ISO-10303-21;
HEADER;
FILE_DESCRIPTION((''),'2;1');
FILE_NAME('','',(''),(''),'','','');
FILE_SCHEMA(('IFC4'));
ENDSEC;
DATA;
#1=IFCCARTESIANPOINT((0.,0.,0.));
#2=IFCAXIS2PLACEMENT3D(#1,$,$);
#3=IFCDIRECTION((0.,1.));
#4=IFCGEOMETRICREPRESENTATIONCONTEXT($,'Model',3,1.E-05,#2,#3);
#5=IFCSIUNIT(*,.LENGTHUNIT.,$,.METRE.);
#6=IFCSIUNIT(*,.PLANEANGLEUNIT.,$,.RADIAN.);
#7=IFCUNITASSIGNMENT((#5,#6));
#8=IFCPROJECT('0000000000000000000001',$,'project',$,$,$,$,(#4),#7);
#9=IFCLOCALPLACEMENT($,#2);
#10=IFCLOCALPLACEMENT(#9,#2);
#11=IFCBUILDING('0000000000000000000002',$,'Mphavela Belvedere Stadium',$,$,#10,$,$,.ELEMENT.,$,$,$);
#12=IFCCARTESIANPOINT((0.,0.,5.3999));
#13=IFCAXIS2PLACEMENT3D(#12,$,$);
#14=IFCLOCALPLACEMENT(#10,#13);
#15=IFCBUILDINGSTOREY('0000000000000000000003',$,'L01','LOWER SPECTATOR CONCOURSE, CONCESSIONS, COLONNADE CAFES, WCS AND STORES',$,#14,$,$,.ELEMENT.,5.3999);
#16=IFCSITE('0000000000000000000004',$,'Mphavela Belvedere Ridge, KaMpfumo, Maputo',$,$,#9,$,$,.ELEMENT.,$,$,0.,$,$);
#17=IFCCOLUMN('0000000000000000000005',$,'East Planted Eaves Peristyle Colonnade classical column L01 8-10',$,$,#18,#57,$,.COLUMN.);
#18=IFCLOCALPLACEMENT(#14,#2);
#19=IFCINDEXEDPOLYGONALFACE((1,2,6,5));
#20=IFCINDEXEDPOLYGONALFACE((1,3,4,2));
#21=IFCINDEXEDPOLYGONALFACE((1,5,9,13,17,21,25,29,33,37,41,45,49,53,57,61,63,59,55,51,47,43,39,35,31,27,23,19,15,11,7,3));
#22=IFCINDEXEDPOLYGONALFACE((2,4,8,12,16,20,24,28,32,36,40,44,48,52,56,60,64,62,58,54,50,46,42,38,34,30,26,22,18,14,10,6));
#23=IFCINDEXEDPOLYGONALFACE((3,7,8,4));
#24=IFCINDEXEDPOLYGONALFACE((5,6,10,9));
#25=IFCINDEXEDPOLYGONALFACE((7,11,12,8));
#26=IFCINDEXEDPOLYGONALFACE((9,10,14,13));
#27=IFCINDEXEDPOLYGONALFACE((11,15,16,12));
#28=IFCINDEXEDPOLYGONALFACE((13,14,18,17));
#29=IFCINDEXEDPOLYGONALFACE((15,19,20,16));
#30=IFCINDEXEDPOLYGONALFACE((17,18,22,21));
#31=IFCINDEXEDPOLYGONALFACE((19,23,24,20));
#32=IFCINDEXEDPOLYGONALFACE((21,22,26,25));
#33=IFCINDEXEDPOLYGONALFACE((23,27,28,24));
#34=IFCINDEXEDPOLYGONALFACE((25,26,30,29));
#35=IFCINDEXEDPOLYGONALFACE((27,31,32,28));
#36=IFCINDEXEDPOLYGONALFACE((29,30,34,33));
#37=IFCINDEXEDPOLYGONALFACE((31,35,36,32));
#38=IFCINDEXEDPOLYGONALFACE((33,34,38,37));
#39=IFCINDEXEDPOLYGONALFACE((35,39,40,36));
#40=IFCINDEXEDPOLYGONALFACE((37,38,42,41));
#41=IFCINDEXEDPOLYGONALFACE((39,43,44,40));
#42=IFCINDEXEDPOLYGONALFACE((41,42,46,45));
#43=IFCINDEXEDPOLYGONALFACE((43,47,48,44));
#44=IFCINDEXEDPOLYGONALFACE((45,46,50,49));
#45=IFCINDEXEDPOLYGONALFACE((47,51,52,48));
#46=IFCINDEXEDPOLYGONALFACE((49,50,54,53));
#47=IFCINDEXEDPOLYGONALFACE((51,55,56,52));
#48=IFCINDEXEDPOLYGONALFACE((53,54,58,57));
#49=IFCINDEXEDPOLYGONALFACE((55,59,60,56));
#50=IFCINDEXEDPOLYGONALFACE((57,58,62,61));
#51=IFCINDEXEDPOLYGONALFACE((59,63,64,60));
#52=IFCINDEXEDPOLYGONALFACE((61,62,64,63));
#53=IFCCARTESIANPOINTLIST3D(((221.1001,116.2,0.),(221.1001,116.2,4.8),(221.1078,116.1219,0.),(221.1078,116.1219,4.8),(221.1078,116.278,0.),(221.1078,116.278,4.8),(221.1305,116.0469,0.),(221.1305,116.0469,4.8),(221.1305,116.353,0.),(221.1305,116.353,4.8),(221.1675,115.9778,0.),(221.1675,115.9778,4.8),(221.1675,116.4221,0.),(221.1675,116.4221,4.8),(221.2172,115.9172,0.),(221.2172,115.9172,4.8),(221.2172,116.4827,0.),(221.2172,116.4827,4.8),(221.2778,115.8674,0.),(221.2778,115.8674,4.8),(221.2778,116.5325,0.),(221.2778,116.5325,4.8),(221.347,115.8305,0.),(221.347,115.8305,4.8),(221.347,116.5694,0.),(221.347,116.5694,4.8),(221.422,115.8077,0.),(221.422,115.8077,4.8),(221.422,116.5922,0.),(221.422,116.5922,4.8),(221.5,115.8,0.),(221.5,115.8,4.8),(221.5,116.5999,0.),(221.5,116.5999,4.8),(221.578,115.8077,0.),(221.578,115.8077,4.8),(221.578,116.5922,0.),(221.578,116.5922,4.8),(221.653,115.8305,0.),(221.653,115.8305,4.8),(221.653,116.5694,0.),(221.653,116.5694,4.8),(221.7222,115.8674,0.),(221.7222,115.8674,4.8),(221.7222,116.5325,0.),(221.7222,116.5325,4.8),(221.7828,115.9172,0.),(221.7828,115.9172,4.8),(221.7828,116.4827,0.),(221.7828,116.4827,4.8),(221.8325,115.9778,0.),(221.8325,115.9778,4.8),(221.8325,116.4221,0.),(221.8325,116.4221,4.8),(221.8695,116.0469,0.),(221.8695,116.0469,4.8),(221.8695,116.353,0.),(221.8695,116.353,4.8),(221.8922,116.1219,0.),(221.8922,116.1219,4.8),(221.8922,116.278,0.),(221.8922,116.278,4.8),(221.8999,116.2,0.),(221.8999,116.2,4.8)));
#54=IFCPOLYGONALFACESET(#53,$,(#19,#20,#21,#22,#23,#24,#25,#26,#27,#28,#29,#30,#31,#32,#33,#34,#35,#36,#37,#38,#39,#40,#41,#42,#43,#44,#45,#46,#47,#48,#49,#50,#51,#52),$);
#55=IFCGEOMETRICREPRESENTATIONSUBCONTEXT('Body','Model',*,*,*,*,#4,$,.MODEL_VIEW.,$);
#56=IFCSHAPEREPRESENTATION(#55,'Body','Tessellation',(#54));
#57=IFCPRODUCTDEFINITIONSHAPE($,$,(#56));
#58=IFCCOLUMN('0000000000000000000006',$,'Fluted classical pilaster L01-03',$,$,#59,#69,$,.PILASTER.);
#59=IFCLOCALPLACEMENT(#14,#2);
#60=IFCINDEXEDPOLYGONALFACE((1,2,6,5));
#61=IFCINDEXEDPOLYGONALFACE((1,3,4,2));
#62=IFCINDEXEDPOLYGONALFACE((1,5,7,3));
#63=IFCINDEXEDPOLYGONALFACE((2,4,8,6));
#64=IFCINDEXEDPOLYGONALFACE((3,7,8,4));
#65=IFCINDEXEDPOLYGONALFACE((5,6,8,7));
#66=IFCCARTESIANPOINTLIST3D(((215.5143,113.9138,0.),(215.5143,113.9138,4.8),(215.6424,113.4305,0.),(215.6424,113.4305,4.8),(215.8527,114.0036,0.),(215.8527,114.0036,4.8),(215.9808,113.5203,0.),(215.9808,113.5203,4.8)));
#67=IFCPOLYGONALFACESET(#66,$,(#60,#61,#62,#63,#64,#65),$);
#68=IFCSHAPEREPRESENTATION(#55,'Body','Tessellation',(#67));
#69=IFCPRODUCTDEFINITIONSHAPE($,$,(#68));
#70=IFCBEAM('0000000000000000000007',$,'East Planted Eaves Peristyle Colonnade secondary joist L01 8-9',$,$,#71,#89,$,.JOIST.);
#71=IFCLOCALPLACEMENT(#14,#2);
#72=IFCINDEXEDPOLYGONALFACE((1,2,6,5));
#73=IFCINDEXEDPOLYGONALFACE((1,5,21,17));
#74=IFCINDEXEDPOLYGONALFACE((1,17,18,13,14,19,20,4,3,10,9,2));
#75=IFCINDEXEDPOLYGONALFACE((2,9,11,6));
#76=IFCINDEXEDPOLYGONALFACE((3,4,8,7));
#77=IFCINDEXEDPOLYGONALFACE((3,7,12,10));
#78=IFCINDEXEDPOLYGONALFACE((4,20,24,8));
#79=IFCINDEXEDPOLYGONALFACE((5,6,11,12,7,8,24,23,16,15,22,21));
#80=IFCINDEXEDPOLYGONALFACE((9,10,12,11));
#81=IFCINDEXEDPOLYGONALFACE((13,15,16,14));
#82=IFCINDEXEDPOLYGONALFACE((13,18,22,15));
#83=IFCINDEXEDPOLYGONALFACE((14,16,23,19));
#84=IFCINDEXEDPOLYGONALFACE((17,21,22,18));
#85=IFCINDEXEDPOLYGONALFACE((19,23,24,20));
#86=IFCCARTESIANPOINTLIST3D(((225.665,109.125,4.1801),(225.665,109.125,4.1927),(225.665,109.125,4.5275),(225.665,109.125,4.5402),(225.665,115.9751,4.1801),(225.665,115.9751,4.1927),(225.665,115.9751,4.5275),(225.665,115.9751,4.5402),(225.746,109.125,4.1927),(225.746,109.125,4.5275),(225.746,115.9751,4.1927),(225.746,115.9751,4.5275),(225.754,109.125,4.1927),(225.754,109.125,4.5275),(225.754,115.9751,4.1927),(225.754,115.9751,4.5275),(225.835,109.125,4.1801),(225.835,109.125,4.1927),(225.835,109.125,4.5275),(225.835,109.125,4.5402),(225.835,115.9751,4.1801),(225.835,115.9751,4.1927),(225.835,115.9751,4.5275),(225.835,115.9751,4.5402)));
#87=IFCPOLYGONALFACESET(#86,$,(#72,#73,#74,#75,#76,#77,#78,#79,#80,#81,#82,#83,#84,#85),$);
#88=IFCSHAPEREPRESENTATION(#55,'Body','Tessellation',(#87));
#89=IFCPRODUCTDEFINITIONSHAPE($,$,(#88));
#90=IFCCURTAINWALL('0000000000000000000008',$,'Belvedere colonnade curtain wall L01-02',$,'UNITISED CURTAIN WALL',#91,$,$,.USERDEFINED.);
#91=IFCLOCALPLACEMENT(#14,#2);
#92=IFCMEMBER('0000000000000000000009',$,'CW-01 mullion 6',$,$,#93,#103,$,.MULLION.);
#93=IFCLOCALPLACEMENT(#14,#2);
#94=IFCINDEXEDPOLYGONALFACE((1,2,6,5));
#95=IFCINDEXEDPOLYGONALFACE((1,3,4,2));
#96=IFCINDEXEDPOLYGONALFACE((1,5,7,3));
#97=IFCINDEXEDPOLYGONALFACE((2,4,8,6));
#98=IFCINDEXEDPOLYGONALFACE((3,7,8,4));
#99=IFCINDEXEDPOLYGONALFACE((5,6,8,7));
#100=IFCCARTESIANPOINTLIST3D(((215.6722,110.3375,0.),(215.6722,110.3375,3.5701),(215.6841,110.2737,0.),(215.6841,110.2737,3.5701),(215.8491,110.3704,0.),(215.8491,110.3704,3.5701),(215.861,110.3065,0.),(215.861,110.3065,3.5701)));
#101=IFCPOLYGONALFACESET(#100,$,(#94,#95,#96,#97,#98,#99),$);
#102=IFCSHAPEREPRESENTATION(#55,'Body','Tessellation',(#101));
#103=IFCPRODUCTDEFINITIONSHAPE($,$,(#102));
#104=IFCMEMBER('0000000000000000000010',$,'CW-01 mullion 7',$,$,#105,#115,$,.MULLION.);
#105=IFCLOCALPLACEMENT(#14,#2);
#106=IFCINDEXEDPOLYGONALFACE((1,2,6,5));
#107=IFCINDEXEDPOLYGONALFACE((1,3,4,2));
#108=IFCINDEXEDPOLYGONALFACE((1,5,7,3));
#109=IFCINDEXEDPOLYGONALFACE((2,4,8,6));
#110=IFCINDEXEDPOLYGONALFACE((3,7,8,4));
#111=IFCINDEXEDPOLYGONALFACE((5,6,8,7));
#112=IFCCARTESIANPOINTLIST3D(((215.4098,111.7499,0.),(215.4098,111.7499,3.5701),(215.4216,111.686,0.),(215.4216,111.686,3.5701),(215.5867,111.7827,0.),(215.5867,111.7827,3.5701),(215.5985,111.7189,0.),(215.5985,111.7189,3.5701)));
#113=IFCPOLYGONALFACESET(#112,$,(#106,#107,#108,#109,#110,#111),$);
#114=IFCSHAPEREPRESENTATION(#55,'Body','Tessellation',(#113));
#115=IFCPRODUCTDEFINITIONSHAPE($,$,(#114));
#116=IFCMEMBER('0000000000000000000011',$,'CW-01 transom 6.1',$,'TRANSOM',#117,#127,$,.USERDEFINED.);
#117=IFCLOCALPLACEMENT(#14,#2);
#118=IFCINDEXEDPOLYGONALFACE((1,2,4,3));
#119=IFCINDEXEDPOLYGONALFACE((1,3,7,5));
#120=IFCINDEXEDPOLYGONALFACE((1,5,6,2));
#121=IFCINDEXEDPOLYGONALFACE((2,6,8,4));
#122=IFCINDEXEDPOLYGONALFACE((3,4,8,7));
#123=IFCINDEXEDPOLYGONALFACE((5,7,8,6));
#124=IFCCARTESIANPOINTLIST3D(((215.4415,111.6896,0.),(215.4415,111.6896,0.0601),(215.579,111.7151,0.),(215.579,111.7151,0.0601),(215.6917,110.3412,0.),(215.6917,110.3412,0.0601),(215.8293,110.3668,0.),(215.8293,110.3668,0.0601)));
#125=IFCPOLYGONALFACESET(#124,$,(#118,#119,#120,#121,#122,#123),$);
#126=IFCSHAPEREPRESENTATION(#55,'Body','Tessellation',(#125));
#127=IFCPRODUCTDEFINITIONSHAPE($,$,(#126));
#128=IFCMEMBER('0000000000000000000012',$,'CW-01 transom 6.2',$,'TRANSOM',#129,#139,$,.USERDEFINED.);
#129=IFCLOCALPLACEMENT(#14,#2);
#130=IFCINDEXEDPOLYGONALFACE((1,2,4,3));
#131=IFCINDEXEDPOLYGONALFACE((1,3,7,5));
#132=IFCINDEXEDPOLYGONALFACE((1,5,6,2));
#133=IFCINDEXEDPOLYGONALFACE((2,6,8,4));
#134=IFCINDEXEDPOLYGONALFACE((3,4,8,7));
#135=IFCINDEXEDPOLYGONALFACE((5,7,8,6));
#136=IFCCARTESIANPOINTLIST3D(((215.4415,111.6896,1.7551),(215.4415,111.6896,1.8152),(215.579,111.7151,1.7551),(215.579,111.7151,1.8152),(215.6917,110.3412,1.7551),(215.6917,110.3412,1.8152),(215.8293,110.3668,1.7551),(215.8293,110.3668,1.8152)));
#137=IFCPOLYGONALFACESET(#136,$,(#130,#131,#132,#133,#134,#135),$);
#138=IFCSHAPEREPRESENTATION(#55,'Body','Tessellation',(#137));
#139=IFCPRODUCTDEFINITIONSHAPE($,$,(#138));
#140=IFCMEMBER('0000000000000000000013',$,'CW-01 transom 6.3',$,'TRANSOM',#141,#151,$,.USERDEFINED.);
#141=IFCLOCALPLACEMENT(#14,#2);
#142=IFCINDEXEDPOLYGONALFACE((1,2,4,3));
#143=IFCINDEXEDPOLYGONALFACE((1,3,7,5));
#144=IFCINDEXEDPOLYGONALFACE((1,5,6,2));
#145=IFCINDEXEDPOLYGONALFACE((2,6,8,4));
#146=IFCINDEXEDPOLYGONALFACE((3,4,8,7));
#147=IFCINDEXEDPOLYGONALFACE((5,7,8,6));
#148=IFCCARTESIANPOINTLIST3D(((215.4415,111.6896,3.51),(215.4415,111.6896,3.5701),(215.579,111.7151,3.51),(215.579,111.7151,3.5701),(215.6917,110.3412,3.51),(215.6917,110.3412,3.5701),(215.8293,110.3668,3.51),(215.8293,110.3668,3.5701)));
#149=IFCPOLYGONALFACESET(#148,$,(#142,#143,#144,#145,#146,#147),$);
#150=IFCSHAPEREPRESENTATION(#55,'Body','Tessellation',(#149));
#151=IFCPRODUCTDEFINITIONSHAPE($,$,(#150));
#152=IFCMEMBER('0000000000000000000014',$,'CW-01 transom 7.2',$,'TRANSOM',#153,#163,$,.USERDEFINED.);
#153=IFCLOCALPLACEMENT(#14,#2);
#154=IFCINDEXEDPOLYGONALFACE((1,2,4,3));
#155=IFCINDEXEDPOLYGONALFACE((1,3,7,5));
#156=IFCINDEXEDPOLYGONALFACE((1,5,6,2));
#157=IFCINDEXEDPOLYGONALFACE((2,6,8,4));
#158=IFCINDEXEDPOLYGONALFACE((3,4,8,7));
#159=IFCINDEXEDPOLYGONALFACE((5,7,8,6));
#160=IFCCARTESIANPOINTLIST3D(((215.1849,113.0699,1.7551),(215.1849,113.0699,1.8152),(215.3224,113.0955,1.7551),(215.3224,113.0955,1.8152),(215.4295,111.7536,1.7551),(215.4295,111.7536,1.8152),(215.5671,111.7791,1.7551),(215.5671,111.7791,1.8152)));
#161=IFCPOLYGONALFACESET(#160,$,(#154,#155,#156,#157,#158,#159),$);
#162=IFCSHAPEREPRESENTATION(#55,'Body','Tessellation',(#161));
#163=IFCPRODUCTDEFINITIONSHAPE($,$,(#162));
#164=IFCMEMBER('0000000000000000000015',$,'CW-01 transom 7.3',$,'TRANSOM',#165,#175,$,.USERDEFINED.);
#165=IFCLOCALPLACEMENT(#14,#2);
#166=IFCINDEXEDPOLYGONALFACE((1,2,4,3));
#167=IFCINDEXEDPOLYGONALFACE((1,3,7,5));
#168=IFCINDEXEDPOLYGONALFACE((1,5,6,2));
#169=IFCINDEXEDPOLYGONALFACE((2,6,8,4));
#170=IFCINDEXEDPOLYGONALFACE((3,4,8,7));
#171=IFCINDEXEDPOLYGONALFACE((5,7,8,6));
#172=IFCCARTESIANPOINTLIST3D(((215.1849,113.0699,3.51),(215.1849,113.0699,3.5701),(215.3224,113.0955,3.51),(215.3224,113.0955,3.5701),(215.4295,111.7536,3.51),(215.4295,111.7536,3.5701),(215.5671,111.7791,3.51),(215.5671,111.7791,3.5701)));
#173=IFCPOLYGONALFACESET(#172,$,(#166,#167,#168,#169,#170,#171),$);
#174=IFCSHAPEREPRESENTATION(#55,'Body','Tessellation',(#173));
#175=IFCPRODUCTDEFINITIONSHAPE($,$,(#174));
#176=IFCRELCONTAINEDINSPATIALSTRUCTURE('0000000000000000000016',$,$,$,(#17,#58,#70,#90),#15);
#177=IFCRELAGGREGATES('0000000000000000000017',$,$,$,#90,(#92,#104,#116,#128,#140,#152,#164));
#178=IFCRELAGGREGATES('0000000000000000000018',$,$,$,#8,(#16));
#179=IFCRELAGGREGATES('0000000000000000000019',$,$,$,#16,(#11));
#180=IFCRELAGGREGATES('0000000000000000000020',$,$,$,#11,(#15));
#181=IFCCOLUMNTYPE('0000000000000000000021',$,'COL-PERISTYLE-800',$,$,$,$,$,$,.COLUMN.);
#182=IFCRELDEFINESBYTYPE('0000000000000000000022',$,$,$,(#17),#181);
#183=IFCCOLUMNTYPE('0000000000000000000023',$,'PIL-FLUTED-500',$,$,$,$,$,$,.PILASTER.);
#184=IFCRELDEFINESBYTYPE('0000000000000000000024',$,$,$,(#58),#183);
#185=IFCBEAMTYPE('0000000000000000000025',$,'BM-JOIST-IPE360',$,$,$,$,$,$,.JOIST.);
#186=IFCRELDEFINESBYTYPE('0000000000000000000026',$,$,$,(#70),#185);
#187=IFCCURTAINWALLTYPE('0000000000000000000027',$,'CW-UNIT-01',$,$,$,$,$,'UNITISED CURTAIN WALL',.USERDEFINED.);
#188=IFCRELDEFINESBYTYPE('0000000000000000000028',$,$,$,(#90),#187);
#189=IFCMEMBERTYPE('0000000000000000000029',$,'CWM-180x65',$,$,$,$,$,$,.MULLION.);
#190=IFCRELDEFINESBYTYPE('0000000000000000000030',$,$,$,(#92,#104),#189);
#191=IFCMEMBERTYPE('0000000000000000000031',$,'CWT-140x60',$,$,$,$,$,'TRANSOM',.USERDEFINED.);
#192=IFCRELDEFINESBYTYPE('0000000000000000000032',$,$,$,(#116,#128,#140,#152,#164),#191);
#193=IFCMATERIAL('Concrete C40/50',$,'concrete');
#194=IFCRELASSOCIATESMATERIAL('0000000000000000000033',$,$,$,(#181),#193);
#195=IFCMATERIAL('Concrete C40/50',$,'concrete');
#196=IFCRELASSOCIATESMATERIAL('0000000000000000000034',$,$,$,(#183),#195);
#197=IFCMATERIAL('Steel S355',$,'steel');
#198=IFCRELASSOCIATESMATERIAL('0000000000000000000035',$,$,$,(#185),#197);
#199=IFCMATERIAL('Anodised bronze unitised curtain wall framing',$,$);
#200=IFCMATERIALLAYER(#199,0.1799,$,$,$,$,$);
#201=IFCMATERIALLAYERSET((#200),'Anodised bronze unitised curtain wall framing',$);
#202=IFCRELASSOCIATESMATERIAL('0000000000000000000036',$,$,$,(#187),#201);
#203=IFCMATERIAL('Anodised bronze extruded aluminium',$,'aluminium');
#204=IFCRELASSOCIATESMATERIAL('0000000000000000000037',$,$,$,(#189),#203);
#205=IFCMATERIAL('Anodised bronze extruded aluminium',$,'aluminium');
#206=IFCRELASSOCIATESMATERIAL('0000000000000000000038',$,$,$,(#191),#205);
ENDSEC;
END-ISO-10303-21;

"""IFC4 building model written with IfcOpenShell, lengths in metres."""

from ifc_helpers import new_model, si_unit, direction, frame, origin, origin_2d, place, context, subcontext, project, spatial, rectangle, circle, i_section, extrude, material, layer, layer_set, material_profile, profile_set, type_object, element, aggregate, save


model = new_model("IFC4")

# Units and contexts
model_context = context("Model", 3, precision=1e-05, world=origin(), true_north=direction((0.0, 1.0)))
body_context = subcontext(model_context, "Body", "Model", "MODEL_VIEW")
ifc_project = project(units=[si_unit("LENGTHUNIT", "METRE"), si_unit("PLANEANGLEUNIT", "RADIAN")], contexts=[model_context])

# Site, building, storey
site_placement = place(None, origin())
site = spatial("IfcSite", under=ifc_project, at=site_placement, Name="Mphavela Belvedere Ridge, KaMpfumo, Maputo", CompositionType="ELEMENT", RefElevation=0.0)
building_placement = place(site_placement, origin())
building = spatial("IfcBuilding", under=site, at=building_placement, Name="Mphavela Belvedere Stadium", CompositionType="ELEMENT")
storey_placement = place(building_placement, frame((0.0, 0.0, 5.3999)))
storey = spatial("IfcBuildingStorey", under=building, at=storey_placement, Name="L01", Description="LOWER SPECTATOR CONCOURSE, CONCESSIONS, COLONNADE CAFES, WCS AND STORES", CompositionType="ELEMENT", Elevation=5.3999)

# Columns
ifc_material_1 = material(Name="Concrete C40/50", Category="concrete")
ifc_material_profile_1 = material_profile(ifc_material_1, circle(Radius=0.3999, at=origin_2d()), Name="COL D800")
ifc_profile_set_1 = profile_set([ifc_material_profile_1], Name="Concrete C40/50")
column_type_1 = type_object("IfcColumnType", Name="COL-PERISTYLE-800", PredefinedType="COLUMN", material=ifc_profile_set_1)
column_1_placement = place(storey_placement, frame((221.5, 116.2, 0.0), z_axis=(0.0, 0.0, 1.0), x_axis=(1.0, 0.0, 0.0)))
element("IfcColumn", 1, at=column_1_placement, inside=storey, type_object=column_type_1, Name="East Planted Eaves Peristyle Colonnade classical column L01 8-10", PredefinedType="COLUMN", context=body_context, shape_type="SweptSolid", body=[
    extrude(circle(Radius=0.3999, at=origin_2d()), origin(), (0.0, 0.0, 1.0), 4.8),
])
ifc_material_2 = material(Name="Concrete C40/50", Category="concrete")
ifc_material_profile_2 = material_profile(ifc_material_2, rectangle(XDim=0.5, YDim=0.3501, at=origin_2d()), Name="PIL 500x350")
ifc_profile_set_2 = profile_set([ifc_material_profile_2], Name="Concrete C40/50")
column_type_2 = type_object("IfcColumnType", Name="PIL-FLUTED-500", PredefinedType="PILASTER", material=ifc_profile_set_2)
column_2_placement = place(storey_placement, frame((215.7476, 113.717, 0.0), z_axis=(0.0, 0.0, 1.0), x_axis=(-0.256289, 0.9666, 0.0)))
element("IfcColumn", 2, at=column_2_placement, inside=storey, type_object=column_type_2, Name="Fluted classical pilaster L01-03", PredefinedType="PILASTER", context=body_context, shape_type="SweptSolid", body=[
    extrude(rectangle(XDim=0.5, YDim=0.3501, at=origin_2d()), origin(), (0.0, 0.0, 1.0), 4.8),
])

# Beam
ifc_material_3 = material(Name="Steel S355", Category="steel")
ifc_material_profile_3 = material_profile(ifc_material_3, i_section(OverallWidth=0.1699, OverallDepth=0.3601, WebThickness=0.0081, FlangeThickness=0.0127, at=origin_2d()), Name="IPE 360")
ifc_profile_set_3 = profile_set([ifc_material_profile_3], Name="Steel S355")
beam_type = type_object("IfcBeamType", Name="BM-JOIST-IPE360", PredefinedType="JOIST", material=ifc_profile_set_3)
beam_placement = place(storey_placement, frame((225.75, 109.125, 4.3601), z_axis=(0.0, 1.0, 0.0), x_axis=(-1.0, 0.0, 0.0)))
element("IfcBeam", 3, at=beam_placement, inside=storey, type_object=beam_type, Name="East Planted Eaves Peristyle Colonnade secondary joist L01 8-9", PredefinedType="JOIST", context=body_context, shape_type="SweptSolid", body=[
    extrude(i_section(OverallWidth=0.1699, OverallDepth=0.3601, WebThickness=0.0081, FlangeThickness=0.0127, at=origin_2d()), origin(), (0.0, 0.0, 1.0), 6.8501),
])

# Curtain wall, members
ifc_material_4 = material(Name="Anodised bronze unitised curtain wall framing")
ifc_layer_1 = layer(ifc_material_4, 0.1799)
ifc_layer_set_1 = layer_set([ifc_layer_1], Name="Anodised bronze unitised curtain wall framing")
curtain_wall_type = type_object("IfcCurtainWallType", Name="CW-UNIT-01", ElementType="UNITISED CURTAIN WALL", PredefinedType="USERDEFINED", material=ifc_layer_set_1)
curtain_wall_placement = place(storey_placement, origin())
curtain_wall = element("IfcCurtainWall", 4, at=curtain_wall_placement, inside=storey, type_object=curtain_wall_type, Name="Belvedere colonnade curtain wall L01-02", ObjectType="UNITISED CURTAIN WALL", PredefinedType="USERDEFINED")
ifc_material_5 = material(Name="Anodised bronze extruded aluminium", Category="aluminium")
ifc_material_profile_4 = material_profile(ifc_material_5, rectangle(XDim=0.1799, YDim=0.0649, at=origin_2d()), Name="CW-MUL 180x65")
ifc_profile_set_4 = profile_set([ifc_material_profile_4], Name="Anodised bronze extruded aluminium")
member_type_1 = type_object("IfcMemberType", Name="CWM-180x65", PredefinedType="MULLION", material=ifc_profile_set_4)
member_1_placement = place(storey_placement, frame((215.7666, 110.322, 0.0), z_axis=(0.0, 0.0, 1.0), x_axis=(-0.983184, -0.18262, 0.0)))
member_1 = element("IfcMember", 5, at=member_1_placement, type_object=member_type_1, Name="CW-01 mullion 6", PredefinedType="MULLION", context=body_context, shape_type="SweptSolid", body=[
    extrude(rectangle(XDim=0.1799, YDim=0.0649, at=origin_2d()), origin(), (0.0, 0.0, 1.0), 3.5701),
])
member_2_placement = place(storey_placement, frame((215.5042, 111.7344, 0.0), z_axis=(0.0, 0.0, 1.0), x_axis=(-0.983184, -0.18262, 0.0)))
member_2 = element("IfcMember", 6, at=member_2_placement, type_object=member_type_1, Name="CW-01 mullion 7", PredefinedType="MULLION", context=body_context, shape_type="SweptSolid", body=[
    extrude(rectangle(XDim=0.1799, YDim=0.0649, at=origin_2d()), origin(), (0.0, 0.0, 1.0), 3.5701),
])
ifc_material_6 = material(Name="Anodised bronze extruded aluminium", Category="aluminium")
ifc_material_profile_5 = material_profile(ifc_material_6, rectangle(XDim=0.1399, YDim=0.0601, at=origin_2d()), Name="CW-TRN 140x60")
ifc_profile_set_5 = profile_set([ifc_material_profile_5], Name="Anodised bronze extruded aluminium")
member_type_2 = type_object("IfcMemberType", Name="CWT-140x60", ElementType="TRANSOM", PredefinedType="USERDEFINED", material=ifc_profile_set_5)
member_3_placement = place(storey_placement, frame((215.7605, 110.354, 0.03), z_axis=(-0.182472, 0.983211, 0.0), x_axis=(-0.983211, -0.182472, 0.0)))
member_3 = element("IfcMember", 7, at=member_3_placement, type_object=member_type_2, Name="CW-01 transom 6.1", ObjectType="TRANSOM", PredefinedType="USERDEFINED", context=body_context, shape_type="SweptSolid", body=[
    extrude(rectangle(XDim=0.1399, YDim=0.0601, at=origin_2d()), origin(), (0.0, 0.0, 1.0), 1.3713),
])
member_4_placement = place(storey_placement, frame((215.7605, 110.354, 1.7852), z_axis=(-0.182472, 0.983211, 0.0), x_axis=(-0.983211, -0.182472, 0.0)))
member_4 = element("IfcMember", 8, at=member_4_placement, type_object=member_type_2, Name="CW-01 transom 6.2", ObjectType="TRANSOM", PredefinedType="USERDEFINED", context=body_context, shape_type="SweptSolid", body=[
    extrude(rectangle(XDim=0.1399, YDim=0.0601, at=origin_2d()), origin(), (0.0, 0.0, 1.0), 1.3713),
])
member_5_placement = place(storey_placement, frame((215.7605, 110.354, 3.54), z_axis=(-0.182472, 0.983211, 0.0), x_axis=(-0.983211, -0.182472, 0.0)))
member_5 = element("IfcMember", 9, at=member_5_placement, type_object=member_type_2, Name="CW-01 transom 6.3", ObjectType="TRANSOM", PredefinedType="USERDEFINED", context=body_context, shape_type="SweptSolid", body=[
    extrude(rectangle(XDim=0.1399, YDim=0.0601, at=origin_2d()), origin(), (0.0, 0.0, 1.0), 1.3713),
])
member_6_placement = place(storey_placement, frame((215.4983, 111.7664, 1.7852), z_axis=(-0.182703, 0.983168, 0.0), x_axis=(-0.983168, -0.182703, 0.0)))
member_6 = element("IfcMember", 10, at=member_6_placement, type_object=member_type_2, Name="CW-01 transom 7.2", ObjectType="TRANSOM", PredefinedType="USERDEFINED", context=body_context, shape_type="SweptSolid", body=[
    extrude(rectangle(XDim=0.1399, YDim=0.0601, at=origin_2d()), origin(), (0.0, 0.0, 1.0), 1.3389),
])
member_7_placement = place(storey_placement, frame((215.4983, 111.7664, 3.54), z_axis=(-0.182703, 0.983168, 0.0), x_axis=(-0.983168, -0.182703, 0.0)))
member_7 = element("IfcMember", 11, at=member_7_placement, type_object=member_type_2, Name="CW-01 transom 7.3", ObjectType="TRANSOM", PredefinedType="USERDEFINED", context=body_context, shape_type="SweptSolid", body=[
    extrude(rectangle(XDim=0.1399, YDim=0.0601, at=origin_2d()), origin(), (0.0, 0.0, 1.0), 1.3389),
])
aggregate(curtain_wall, [member_1, member_2, member_3, member_4, member_5, member_6, member_7])

save(model, "model.ifc")
